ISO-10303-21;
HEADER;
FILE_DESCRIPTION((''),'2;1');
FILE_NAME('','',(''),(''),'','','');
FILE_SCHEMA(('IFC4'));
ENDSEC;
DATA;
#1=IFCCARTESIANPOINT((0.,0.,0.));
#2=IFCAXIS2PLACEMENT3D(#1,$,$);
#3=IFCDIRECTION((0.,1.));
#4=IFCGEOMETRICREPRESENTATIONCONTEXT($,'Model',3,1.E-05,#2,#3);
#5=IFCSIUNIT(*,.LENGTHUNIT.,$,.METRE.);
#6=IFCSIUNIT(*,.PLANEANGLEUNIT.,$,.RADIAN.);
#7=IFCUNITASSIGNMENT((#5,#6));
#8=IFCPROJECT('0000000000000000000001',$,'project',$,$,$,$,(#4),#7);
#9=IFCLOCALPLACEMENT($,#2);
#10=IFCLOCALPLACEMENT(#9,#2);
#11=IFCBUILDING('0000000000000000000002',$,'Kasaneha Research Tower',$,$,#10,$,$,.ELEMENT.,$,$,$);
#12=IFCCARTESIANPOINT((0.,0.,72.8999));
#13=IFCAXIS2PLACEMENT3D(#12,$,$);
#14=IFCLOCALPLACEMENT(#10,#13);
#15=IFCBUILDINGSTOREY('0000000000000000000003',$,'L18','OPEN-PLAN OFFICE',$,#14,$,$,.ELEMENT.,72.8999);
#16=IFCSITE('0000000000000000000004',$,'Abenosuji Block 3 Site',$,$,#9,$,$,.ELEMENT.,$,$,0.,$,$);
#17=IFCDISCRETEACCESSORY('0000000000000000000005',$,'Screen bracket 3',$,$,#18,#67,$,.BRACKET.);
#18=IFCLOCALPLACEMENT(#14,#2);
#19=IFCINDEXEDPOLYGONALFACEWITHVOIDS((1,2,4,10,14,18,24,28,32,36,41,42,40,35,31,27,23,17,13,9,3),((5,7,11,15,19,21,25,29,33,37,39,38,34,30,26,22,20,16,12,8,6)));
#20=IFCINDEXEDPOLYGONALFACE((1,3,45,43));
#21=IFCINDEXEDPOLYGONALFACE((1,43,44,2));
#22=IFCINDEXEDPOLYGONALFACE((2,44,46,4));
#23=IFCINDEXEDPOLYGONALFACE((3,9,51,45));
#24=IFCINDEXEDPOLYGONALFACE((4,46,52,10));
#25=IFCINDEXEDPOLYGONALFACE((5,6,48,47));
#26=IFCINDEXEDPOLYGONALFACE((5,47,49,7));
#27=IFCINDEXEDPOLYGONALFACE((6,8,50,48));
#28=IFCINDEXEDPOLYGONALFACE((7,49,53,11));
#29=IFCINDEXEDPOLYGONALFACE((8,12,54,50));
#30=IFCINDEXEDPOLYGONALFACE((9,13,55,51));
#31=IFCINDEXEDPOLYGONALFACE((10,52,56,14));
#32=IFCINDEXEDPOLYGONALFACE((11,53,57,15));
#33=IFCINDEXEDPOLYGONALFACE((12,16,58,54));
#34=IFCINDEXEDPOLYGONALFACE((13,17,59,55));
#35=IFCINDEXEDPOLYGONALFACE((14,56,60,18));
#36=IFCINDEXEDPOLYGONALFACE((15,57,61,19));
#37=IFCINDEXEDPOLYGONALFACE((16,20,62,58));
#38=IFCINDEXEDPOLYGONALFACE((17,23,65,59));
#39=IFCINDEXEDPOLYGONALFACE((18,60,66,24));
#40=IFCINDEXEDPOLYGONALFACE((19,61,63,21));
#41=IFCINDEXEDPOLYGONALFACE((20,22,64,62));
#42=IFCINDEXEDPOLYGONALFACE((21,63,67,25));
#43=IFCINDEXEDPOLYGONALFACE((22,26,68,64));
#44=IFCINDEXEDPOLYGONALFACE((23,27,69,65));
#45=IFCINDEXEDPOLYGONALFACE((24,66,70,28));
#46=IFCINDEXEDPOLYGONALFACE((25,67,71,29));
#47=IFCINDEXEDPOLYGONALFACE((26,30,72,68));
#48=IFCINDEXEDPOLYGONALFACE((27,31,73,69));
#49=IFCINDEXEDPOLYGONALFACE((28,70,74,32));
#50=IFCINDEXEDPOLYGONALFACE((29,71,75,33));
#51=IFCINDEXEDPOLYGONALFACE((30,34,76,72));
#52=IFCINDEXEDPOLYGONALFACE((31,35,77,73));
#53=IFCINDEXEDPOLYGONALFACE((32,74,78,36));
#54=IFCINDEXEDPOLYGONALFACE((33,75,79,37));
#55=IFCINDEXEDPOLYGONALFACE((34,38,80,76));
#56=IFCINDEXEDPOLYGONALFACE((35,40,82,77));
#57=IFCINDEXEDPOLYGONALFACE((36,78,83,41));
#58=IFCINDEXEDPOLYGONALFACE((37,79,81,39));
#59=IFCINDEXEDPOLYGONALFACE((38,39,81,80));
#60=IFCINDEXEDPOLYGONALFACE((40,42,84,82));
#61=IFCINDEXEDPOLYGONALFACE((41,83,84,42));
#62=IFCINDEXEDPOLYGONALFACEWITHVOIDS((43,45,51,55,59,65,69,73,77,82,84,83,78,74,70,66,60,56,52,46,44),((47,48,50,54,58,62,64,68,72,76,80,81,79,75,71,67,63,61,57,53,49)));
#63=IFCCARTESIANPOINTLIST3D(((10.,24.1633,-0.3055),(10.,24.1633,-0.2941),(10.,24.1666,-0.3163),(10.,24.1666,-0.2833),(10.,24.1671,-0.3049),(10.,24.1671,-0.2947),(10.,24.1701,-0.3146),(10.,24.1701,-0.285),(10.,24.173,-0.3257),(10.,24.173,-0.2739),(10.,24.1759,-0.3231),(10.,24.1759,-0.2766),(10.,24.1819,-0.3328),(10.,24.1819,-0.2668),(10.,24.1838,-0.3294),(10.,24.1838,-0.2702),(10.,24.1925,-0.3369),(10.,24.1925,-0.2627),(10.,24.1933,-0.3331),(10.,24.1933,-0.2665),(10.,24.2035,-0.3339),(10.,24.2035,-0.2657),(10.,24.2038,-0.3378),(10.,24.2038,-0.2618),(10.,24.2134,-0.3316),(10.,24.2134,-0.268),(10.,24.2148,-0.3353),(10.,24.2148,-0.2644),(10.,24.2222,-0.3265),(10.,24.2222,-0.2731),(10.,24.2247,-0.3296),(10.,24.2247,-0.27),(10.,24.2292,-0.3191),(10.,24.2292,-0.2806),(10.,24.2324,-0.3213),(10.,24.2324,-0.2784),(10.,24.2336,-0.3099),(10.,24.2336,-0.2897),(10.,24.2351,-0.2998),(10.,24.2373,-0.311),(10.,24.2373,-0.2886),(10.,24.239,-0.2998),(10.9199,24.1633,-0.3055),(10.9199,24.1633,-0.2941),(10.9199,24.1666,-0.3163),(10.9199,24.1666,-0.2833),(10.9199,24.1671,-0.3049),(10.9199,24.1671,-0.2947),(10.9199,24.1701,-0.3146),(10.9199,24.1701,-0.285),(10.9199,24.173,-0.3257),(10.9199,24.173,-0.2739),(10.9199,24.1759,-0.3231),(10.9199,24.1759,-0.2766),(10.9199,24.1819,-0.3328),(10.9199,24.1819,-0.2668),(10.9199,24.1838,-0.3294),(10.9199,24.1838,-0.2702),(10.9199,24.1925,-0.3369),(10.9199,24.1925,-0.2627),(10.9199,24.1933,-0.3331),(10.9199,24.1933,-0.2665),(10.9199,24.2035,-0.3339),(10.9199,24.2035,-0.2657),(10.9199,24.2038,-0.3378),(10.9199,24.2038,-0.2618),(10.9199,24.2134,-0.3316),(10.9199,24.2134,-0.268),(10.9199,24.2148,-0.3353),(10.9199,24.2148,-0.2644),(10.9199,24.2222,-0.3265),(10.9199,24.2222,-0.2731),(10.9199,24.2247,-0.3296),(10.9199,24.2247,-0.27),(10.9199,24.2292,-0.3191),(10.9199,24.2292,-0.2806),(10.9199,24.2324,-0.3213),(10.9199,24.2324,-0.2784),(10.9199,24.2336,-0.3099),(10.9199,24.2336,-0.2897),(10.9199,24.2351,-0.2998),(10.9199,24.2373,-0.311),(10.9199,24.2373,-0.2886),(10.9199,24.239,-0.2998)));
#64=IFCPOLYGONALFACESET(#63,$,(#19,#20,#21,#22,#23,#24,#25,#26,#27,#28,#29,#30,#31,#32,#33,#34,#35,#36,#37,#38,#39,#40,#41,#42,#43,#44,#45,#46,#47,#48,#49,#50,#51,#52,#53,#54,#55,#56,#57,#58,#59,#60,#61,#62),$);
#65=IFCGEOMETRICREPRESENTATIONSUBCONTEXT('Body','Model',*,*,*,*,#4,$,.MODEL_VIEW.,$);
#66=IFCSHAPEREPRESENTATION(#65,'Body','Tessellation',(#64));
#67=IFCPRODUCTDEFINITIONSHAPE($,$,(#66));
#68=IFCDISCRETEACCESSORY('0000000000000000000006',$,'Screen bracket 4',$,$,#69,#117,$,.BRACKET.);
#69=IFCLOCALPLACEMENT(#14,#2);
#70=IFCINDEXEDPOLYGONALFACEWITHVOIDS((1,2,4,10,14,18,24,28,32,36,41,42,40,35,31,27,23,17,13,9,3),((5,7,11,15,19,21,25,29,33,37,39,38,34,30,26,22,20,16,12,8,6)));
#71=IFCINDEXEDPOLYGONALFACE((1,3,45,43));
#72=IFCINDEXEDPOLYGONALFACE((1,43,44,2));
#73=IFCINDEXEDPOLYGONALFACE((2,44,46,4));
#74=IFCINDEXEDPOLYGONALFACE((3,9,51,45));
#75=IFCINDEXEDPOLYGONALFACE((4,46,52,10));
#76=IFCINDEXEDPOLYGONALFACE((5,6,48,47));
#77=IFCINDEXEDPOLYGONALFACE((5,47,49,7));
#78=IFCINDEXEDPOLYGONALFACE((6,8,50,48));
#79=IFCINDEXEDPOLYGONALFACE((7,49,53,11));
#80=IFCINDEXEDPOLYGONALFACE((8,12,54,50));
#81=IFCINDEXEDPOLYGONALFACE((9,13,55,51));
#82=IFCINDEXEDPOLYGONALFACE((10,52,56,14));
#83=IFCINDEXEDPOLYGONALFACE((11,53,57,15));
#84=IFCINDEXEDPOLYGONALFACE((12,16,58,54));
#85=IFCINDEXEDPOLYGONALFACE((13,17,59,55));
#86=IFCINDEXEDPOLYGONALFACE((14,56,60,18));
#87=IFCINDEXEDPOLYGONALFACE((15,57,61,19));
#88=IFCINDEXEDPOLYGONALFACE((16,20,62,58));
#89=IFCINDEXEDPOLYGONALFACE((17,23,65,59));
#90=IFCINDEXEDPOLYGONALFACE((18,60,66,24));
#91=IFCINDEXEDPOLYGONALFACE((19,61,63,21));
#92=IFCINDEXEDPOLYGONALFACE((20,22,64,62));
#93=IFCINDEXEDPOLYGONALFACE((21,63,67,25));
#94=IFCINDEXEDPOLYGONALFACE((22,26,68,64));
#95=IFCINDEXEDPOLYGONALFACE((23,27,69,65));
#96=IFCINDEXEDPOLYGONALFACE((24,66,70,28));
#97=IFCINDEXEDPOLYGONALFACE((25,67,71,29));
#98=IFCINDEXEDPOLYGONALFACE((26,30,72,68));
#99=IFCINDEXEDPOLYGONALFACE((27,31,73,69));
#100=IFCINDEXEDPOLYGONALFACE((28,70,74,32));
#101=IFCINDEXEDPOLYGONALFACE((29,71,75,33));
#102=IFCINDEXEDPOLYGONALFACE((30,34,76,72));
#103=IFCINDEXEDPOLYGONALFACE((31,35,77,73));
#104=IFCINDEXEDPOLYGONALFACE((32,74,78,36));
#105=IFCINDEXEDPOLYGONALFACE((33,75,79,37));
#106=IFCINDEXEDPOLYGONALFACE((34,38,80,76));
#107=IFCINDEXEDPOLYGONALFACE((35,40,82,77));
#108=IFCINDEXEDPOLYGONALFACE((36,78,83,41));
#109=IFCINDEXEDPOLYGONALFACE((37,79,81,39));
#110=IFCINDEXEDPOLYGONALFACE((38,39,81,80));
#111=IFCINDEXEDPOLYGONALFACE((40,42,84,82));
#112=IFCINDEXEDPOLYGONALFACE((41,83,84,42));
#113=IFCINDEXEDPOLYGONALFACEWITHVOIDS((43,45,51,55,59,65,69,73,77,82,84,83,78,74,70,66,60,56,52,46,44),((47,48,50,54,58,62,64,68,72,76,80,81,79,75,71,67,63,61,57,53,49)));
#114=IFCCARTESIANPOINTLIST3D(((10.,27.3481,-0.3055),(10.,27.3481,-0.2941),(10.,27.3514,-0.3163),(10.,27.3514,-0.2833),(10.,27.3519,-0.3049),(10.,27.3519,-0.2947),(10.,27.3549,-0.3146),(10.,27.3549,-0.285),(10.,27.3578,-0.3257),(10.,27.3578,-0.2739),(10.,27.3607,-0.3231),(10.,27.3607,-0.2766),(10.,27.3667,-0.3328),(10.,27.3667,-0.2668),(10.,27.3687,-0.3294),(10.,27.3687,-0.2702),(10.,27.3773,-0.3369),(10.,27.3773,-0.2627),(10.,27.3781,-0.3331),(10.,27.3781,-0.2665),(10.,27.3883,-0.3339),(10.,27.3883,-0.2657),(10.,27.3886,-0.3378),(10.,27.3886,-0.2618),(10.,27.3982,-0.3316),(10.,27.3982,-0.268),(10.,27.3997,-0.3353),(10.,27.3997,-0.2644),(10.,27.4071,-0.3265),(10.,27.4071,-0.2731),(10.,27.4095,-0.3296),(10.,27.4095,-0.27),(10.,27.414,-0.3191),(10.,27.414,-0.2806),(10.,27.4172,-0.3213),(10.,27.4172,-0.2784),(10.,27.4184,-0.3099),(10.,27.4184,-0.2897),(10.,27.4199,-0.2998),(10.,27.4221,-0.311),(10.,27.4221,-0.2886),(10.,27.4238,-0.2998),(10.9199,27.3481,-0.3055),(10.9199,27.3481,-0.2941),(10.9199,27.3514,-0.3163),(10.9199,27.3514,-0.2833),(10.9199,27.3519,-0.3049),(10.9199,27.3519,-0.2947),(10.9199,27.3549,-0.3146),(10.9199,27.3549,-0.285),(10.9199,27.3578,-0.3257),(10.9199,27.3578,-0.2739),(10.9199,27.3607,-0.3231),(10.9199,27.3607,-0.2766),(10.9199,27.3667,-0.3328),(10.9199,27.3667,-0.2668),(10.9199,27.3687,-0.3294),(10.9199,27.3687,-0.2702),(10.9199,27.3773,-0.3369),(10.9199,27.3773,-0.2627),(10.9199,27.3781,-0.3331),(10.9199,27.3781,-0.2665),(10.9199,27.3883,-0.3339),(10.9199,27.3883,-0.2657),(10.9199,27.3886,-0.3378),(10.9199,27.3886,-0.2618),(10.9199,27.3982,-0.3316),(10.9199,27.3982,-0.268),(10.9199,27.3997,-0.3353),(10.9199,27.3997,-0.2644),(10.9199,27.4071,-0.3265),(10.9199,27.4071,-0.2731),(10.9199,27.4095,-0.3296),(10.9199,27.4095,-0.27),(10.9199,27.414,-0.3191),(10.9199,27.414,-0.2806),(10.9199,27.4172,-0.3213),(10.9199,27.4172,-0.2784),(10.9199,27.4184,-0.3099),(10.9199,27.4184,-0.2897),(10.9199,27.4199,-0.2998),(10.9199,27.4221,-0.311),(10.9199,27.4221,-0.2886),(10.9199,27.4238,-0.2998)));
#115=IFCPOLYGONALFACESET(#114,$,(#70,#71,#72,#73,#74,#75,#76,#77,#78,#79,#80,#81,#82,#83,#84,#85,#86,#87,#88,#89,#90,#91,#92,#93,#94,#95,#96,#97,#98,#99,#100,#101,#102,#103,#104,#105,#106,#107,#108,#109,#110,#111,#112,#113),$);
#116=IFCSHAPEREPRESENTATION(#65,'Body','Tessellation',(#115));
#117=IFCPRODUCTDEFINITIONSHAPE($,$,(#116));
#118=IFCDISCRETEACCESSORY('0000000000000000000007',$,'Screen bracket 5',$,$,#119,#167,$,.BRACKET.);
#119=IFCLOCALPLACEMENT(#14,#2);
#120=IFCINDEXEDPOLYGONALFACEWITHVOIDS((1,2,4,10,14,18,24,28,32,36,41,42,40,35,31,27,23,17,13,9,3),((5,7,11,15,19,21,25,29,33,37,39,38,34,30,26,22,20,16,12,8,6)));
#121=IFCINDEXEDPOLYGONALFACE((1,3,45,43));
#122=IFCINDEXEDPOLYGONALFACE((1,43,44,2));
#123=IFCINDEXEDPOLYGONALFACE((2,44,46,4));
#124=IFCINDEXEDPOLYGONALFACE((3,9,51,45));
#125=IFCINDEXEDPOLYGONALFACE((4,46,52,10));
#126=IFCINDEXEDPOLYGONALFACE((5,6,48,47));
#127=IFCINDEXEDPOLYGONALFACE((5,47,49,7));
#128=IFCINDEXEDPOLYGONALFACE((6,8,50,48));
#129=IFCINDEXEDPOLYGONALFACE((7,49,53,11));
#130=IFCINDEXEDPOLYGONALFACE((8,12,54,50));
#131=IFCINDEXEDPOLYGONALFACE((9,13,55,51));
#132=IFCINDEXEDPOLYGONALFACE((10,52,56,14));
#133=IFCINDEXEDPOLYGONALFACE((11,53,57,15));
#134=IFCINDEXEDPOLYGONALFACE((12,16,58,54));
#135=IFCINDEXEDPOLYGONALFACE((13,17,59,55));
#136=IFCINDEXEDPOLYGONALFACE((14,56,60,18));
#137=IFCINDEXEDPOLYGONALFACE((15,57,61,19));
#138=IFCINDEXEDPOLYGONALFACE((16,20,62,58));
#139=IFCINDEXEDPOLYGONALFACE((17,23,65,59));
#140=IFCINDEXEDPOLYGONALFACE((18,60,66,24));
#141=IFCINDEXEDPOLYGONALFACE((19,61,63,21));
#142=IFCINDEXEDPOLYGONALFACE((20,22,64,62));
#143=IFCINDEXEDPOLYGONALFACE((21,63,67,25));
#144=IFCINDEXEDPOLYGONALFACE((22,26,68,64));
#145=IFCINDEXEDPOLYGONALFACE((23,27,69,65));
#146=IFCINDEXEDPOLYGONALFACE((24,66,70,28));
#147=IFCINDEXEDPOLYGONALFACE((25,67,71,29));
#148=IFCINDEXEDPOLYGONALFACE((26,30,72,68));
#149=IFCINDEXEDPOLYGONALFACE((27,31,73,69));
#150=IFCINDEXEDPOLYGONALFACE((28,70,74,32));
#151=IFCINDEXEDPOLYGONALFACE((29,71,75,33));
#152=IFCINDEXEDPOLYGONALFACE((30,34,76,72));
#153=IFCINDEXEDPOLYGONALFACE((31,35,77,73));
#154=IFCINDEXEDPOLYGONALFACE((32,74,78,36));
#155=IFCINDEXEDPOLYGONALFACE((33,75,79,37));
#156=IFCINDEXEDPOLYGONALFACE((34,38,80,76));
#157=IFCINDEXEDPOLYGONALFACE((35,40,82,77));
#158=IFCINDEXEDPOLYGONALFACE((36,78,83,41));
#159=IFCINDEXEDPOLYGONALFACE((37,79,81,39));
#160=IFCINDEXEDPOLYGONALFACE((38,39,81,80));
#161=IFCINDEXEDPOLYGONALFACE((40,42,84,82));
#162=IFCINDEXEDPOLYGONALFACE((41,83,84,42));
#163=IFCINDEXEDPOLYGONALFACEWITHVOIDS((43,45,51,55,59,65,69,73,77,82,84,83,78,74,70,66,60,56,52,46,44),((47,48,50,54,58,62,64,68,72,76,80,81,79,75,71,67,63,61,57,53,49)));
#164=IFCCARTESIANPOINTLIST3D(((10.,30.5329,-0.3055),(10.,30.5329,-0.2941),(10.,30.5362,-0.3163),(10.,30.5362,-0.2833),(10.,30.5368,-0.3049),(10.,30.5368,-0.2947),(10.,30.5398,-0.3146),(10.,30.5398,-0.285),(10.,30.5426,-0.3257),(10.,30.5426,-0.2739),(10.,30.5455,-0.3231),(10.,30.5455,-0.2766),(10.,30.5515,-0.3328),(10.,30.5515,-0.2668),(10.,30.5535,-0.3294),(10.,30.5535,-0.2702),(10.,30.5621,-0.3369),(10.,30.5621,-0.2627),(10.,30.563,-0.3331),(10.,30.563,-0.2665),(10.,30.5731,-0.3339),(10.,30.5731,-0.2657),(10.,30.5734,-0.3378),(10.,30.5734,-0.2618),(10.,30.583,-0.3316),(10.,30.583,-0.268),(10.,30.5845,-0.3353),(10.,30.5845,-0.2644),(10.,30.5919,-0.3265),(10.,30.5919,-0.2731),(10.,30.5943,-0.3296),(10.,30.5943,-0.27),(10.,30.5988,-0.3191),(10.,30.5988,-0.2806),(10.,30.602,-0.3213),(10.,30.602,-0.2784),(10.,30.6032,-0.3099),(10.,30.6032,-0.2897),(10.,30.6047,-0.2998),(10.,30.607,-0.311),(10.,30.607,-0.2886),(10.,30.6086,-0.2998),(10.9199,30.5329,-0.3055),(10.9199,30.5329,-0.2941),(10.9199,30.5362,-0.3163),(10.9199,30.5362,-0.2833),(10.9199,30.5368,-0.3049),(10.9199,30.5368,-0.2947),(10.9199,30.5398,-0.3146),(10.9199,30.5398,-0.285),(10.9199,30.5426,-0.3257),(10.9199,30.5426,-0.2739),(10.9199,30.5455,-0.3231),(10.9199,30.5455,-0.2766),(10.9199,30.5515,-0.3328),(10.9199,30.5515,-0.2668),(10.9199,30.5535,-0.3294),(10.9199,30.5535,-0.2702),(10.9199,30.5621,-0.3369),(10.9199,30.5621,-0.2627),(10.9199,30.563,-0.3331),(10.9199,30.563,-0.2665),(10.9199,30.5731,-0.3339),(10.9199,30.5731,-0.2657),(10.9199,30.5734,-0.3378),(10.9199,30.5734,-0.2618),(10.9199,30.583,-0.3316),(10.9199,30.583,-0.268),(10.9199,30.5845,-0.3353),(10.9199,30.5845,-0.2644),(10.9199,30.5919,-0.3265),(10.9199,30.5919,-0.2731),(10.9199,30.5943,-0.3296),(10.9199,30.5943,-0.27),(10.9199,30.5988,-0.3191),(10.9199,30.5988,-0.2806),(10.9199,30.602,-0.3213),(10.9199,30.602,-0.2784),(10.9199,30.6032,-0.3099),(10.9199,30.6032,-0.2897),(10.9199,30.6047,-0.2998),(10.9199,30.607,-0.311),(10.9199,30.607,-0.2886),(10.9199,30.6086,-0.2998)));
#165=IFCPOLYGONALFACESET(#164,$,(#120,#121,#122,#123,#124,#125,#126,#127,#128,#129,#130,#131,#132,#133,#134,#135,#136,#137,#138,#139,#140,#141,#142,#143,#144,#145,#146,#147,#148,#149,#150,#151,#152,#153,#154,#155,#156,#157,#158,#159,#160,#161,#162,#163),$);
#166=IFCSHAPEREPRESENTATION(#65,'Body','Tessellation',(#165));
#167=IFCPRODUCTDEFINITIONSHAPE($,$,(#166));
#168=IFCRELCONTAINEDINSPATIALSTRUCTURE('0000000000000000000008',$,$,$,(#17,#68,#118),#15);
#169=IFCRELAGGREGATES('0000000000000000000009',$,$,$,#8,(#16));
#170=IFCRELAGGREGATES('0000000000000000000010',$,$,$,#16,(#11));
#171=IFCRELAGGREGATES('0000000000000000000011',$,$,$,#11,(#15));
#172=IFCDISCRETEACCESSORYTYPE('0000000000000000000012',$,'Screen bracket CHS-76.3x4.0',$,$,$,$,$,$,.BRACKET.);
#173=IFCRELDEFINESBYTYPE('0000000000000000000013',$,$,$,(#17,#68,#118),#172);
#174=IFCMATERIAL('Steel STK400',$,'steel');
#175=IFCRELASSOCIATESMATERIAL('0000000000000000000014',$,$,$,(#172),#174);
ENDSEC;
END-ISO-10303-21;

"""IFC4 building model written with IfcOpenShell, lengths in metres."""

from ifc_helpers import new_model, si_unit, direction, frame, origin, origin_2d, place, context, subcontext, project, spatial, hollow_circle, extrude, material, material_profile, profile_set, type_object, element, save


model = new_model("IFC4")

# Units and contexts
model_context = context("Model", 3, precision=1e-05, world=origin(), true_north=direction((0.0, 1.0)))
body_context = subcontext(model_context, "Body", "Model", "MODEL_VIEW")
ifc_project = project(units=[si_unit("LENGTHUNIT", "METRE"), si_unit("PLANEANGLEUNIT", "RADIAN")], contexts=[model_context])

# Site, building, storey
site_placement = place(None, origin())
site = spatial("IfcSite", under=ifc_project, at=site_placement, Name="Abenosuji Block 3 Site", CompositionType="ELEMENT", RefElevation=0.0)
building_placement = place(site_placement, origin())
building = spatial("IfcBuilding", under=site, at=building_placement, Name="Kasaneha Research Tower", CompositionType="ELEMENT")
storey_placement = place(building_placement, frame((0.0, 0.0, 72.8999)))
storey = spatial("IfcBuildingStorey", under=building, at=storey_placement, Name="L18", Description="OPEN-PLAN OFFICE", CompositionType="ELEMENT", Elevation=72.8999)

# Discrete accessories
ifc_material_1 = material(Name="Steel STK400", Category="steel")
ifc_material_profile_1 = material_profile(ifc_material_1, hollow_circle(Radius=0.0381, WallThickness=0.0039, at=origin_2d()), Name="CHS-76.3x4.0")
ifc_profile_set_1 = profile_set([ifc_material_profile_1], Name="Steel STK400")
discrete_accessory_type = type_object("IfcDiscreteAccessoryType", Name="Screen bracket CHS-76.3x4.0", PredefinedType="BRACKET", material=ifc_profile_set_1)
for number, where, z_axis, x_axis, name in (
    (1, (10.0, 24.2009, -0.2998), (1.0, 0.0, 0.0), (0.0, 1.0, 0.0), "Screen bracket 3"),
    (2, (10.0, 27.3857, -0.2998), (1.0, 0.0, 0.0), (0.0, 1.0, 0.0), "Screen bracket 4"),
    (3, (10.0, 30.5706, -0.2998), (1.0, 0.0, 0.0), (0.0, 1.0, 0.0), "Screen bracket 5"),
):
    element("IfcDiscreteAccessory", number, at=place(storey_placement, frame(where, z_axis=z_axis, x_axis=x_axis)), inside=storey, type_object=discrete_accessory_type, Name=name, PredefinedType="BRACKET", context=body_context, shape_type="SweptSolid", body=[
        extrude(hollow_circle(Radius=0.0381, WallThickness=0.0039, at=origin_2d()), origin(), (0.0, 0.0, 1.0), 0.9199),
    ])

save(model, "model.ifc")
